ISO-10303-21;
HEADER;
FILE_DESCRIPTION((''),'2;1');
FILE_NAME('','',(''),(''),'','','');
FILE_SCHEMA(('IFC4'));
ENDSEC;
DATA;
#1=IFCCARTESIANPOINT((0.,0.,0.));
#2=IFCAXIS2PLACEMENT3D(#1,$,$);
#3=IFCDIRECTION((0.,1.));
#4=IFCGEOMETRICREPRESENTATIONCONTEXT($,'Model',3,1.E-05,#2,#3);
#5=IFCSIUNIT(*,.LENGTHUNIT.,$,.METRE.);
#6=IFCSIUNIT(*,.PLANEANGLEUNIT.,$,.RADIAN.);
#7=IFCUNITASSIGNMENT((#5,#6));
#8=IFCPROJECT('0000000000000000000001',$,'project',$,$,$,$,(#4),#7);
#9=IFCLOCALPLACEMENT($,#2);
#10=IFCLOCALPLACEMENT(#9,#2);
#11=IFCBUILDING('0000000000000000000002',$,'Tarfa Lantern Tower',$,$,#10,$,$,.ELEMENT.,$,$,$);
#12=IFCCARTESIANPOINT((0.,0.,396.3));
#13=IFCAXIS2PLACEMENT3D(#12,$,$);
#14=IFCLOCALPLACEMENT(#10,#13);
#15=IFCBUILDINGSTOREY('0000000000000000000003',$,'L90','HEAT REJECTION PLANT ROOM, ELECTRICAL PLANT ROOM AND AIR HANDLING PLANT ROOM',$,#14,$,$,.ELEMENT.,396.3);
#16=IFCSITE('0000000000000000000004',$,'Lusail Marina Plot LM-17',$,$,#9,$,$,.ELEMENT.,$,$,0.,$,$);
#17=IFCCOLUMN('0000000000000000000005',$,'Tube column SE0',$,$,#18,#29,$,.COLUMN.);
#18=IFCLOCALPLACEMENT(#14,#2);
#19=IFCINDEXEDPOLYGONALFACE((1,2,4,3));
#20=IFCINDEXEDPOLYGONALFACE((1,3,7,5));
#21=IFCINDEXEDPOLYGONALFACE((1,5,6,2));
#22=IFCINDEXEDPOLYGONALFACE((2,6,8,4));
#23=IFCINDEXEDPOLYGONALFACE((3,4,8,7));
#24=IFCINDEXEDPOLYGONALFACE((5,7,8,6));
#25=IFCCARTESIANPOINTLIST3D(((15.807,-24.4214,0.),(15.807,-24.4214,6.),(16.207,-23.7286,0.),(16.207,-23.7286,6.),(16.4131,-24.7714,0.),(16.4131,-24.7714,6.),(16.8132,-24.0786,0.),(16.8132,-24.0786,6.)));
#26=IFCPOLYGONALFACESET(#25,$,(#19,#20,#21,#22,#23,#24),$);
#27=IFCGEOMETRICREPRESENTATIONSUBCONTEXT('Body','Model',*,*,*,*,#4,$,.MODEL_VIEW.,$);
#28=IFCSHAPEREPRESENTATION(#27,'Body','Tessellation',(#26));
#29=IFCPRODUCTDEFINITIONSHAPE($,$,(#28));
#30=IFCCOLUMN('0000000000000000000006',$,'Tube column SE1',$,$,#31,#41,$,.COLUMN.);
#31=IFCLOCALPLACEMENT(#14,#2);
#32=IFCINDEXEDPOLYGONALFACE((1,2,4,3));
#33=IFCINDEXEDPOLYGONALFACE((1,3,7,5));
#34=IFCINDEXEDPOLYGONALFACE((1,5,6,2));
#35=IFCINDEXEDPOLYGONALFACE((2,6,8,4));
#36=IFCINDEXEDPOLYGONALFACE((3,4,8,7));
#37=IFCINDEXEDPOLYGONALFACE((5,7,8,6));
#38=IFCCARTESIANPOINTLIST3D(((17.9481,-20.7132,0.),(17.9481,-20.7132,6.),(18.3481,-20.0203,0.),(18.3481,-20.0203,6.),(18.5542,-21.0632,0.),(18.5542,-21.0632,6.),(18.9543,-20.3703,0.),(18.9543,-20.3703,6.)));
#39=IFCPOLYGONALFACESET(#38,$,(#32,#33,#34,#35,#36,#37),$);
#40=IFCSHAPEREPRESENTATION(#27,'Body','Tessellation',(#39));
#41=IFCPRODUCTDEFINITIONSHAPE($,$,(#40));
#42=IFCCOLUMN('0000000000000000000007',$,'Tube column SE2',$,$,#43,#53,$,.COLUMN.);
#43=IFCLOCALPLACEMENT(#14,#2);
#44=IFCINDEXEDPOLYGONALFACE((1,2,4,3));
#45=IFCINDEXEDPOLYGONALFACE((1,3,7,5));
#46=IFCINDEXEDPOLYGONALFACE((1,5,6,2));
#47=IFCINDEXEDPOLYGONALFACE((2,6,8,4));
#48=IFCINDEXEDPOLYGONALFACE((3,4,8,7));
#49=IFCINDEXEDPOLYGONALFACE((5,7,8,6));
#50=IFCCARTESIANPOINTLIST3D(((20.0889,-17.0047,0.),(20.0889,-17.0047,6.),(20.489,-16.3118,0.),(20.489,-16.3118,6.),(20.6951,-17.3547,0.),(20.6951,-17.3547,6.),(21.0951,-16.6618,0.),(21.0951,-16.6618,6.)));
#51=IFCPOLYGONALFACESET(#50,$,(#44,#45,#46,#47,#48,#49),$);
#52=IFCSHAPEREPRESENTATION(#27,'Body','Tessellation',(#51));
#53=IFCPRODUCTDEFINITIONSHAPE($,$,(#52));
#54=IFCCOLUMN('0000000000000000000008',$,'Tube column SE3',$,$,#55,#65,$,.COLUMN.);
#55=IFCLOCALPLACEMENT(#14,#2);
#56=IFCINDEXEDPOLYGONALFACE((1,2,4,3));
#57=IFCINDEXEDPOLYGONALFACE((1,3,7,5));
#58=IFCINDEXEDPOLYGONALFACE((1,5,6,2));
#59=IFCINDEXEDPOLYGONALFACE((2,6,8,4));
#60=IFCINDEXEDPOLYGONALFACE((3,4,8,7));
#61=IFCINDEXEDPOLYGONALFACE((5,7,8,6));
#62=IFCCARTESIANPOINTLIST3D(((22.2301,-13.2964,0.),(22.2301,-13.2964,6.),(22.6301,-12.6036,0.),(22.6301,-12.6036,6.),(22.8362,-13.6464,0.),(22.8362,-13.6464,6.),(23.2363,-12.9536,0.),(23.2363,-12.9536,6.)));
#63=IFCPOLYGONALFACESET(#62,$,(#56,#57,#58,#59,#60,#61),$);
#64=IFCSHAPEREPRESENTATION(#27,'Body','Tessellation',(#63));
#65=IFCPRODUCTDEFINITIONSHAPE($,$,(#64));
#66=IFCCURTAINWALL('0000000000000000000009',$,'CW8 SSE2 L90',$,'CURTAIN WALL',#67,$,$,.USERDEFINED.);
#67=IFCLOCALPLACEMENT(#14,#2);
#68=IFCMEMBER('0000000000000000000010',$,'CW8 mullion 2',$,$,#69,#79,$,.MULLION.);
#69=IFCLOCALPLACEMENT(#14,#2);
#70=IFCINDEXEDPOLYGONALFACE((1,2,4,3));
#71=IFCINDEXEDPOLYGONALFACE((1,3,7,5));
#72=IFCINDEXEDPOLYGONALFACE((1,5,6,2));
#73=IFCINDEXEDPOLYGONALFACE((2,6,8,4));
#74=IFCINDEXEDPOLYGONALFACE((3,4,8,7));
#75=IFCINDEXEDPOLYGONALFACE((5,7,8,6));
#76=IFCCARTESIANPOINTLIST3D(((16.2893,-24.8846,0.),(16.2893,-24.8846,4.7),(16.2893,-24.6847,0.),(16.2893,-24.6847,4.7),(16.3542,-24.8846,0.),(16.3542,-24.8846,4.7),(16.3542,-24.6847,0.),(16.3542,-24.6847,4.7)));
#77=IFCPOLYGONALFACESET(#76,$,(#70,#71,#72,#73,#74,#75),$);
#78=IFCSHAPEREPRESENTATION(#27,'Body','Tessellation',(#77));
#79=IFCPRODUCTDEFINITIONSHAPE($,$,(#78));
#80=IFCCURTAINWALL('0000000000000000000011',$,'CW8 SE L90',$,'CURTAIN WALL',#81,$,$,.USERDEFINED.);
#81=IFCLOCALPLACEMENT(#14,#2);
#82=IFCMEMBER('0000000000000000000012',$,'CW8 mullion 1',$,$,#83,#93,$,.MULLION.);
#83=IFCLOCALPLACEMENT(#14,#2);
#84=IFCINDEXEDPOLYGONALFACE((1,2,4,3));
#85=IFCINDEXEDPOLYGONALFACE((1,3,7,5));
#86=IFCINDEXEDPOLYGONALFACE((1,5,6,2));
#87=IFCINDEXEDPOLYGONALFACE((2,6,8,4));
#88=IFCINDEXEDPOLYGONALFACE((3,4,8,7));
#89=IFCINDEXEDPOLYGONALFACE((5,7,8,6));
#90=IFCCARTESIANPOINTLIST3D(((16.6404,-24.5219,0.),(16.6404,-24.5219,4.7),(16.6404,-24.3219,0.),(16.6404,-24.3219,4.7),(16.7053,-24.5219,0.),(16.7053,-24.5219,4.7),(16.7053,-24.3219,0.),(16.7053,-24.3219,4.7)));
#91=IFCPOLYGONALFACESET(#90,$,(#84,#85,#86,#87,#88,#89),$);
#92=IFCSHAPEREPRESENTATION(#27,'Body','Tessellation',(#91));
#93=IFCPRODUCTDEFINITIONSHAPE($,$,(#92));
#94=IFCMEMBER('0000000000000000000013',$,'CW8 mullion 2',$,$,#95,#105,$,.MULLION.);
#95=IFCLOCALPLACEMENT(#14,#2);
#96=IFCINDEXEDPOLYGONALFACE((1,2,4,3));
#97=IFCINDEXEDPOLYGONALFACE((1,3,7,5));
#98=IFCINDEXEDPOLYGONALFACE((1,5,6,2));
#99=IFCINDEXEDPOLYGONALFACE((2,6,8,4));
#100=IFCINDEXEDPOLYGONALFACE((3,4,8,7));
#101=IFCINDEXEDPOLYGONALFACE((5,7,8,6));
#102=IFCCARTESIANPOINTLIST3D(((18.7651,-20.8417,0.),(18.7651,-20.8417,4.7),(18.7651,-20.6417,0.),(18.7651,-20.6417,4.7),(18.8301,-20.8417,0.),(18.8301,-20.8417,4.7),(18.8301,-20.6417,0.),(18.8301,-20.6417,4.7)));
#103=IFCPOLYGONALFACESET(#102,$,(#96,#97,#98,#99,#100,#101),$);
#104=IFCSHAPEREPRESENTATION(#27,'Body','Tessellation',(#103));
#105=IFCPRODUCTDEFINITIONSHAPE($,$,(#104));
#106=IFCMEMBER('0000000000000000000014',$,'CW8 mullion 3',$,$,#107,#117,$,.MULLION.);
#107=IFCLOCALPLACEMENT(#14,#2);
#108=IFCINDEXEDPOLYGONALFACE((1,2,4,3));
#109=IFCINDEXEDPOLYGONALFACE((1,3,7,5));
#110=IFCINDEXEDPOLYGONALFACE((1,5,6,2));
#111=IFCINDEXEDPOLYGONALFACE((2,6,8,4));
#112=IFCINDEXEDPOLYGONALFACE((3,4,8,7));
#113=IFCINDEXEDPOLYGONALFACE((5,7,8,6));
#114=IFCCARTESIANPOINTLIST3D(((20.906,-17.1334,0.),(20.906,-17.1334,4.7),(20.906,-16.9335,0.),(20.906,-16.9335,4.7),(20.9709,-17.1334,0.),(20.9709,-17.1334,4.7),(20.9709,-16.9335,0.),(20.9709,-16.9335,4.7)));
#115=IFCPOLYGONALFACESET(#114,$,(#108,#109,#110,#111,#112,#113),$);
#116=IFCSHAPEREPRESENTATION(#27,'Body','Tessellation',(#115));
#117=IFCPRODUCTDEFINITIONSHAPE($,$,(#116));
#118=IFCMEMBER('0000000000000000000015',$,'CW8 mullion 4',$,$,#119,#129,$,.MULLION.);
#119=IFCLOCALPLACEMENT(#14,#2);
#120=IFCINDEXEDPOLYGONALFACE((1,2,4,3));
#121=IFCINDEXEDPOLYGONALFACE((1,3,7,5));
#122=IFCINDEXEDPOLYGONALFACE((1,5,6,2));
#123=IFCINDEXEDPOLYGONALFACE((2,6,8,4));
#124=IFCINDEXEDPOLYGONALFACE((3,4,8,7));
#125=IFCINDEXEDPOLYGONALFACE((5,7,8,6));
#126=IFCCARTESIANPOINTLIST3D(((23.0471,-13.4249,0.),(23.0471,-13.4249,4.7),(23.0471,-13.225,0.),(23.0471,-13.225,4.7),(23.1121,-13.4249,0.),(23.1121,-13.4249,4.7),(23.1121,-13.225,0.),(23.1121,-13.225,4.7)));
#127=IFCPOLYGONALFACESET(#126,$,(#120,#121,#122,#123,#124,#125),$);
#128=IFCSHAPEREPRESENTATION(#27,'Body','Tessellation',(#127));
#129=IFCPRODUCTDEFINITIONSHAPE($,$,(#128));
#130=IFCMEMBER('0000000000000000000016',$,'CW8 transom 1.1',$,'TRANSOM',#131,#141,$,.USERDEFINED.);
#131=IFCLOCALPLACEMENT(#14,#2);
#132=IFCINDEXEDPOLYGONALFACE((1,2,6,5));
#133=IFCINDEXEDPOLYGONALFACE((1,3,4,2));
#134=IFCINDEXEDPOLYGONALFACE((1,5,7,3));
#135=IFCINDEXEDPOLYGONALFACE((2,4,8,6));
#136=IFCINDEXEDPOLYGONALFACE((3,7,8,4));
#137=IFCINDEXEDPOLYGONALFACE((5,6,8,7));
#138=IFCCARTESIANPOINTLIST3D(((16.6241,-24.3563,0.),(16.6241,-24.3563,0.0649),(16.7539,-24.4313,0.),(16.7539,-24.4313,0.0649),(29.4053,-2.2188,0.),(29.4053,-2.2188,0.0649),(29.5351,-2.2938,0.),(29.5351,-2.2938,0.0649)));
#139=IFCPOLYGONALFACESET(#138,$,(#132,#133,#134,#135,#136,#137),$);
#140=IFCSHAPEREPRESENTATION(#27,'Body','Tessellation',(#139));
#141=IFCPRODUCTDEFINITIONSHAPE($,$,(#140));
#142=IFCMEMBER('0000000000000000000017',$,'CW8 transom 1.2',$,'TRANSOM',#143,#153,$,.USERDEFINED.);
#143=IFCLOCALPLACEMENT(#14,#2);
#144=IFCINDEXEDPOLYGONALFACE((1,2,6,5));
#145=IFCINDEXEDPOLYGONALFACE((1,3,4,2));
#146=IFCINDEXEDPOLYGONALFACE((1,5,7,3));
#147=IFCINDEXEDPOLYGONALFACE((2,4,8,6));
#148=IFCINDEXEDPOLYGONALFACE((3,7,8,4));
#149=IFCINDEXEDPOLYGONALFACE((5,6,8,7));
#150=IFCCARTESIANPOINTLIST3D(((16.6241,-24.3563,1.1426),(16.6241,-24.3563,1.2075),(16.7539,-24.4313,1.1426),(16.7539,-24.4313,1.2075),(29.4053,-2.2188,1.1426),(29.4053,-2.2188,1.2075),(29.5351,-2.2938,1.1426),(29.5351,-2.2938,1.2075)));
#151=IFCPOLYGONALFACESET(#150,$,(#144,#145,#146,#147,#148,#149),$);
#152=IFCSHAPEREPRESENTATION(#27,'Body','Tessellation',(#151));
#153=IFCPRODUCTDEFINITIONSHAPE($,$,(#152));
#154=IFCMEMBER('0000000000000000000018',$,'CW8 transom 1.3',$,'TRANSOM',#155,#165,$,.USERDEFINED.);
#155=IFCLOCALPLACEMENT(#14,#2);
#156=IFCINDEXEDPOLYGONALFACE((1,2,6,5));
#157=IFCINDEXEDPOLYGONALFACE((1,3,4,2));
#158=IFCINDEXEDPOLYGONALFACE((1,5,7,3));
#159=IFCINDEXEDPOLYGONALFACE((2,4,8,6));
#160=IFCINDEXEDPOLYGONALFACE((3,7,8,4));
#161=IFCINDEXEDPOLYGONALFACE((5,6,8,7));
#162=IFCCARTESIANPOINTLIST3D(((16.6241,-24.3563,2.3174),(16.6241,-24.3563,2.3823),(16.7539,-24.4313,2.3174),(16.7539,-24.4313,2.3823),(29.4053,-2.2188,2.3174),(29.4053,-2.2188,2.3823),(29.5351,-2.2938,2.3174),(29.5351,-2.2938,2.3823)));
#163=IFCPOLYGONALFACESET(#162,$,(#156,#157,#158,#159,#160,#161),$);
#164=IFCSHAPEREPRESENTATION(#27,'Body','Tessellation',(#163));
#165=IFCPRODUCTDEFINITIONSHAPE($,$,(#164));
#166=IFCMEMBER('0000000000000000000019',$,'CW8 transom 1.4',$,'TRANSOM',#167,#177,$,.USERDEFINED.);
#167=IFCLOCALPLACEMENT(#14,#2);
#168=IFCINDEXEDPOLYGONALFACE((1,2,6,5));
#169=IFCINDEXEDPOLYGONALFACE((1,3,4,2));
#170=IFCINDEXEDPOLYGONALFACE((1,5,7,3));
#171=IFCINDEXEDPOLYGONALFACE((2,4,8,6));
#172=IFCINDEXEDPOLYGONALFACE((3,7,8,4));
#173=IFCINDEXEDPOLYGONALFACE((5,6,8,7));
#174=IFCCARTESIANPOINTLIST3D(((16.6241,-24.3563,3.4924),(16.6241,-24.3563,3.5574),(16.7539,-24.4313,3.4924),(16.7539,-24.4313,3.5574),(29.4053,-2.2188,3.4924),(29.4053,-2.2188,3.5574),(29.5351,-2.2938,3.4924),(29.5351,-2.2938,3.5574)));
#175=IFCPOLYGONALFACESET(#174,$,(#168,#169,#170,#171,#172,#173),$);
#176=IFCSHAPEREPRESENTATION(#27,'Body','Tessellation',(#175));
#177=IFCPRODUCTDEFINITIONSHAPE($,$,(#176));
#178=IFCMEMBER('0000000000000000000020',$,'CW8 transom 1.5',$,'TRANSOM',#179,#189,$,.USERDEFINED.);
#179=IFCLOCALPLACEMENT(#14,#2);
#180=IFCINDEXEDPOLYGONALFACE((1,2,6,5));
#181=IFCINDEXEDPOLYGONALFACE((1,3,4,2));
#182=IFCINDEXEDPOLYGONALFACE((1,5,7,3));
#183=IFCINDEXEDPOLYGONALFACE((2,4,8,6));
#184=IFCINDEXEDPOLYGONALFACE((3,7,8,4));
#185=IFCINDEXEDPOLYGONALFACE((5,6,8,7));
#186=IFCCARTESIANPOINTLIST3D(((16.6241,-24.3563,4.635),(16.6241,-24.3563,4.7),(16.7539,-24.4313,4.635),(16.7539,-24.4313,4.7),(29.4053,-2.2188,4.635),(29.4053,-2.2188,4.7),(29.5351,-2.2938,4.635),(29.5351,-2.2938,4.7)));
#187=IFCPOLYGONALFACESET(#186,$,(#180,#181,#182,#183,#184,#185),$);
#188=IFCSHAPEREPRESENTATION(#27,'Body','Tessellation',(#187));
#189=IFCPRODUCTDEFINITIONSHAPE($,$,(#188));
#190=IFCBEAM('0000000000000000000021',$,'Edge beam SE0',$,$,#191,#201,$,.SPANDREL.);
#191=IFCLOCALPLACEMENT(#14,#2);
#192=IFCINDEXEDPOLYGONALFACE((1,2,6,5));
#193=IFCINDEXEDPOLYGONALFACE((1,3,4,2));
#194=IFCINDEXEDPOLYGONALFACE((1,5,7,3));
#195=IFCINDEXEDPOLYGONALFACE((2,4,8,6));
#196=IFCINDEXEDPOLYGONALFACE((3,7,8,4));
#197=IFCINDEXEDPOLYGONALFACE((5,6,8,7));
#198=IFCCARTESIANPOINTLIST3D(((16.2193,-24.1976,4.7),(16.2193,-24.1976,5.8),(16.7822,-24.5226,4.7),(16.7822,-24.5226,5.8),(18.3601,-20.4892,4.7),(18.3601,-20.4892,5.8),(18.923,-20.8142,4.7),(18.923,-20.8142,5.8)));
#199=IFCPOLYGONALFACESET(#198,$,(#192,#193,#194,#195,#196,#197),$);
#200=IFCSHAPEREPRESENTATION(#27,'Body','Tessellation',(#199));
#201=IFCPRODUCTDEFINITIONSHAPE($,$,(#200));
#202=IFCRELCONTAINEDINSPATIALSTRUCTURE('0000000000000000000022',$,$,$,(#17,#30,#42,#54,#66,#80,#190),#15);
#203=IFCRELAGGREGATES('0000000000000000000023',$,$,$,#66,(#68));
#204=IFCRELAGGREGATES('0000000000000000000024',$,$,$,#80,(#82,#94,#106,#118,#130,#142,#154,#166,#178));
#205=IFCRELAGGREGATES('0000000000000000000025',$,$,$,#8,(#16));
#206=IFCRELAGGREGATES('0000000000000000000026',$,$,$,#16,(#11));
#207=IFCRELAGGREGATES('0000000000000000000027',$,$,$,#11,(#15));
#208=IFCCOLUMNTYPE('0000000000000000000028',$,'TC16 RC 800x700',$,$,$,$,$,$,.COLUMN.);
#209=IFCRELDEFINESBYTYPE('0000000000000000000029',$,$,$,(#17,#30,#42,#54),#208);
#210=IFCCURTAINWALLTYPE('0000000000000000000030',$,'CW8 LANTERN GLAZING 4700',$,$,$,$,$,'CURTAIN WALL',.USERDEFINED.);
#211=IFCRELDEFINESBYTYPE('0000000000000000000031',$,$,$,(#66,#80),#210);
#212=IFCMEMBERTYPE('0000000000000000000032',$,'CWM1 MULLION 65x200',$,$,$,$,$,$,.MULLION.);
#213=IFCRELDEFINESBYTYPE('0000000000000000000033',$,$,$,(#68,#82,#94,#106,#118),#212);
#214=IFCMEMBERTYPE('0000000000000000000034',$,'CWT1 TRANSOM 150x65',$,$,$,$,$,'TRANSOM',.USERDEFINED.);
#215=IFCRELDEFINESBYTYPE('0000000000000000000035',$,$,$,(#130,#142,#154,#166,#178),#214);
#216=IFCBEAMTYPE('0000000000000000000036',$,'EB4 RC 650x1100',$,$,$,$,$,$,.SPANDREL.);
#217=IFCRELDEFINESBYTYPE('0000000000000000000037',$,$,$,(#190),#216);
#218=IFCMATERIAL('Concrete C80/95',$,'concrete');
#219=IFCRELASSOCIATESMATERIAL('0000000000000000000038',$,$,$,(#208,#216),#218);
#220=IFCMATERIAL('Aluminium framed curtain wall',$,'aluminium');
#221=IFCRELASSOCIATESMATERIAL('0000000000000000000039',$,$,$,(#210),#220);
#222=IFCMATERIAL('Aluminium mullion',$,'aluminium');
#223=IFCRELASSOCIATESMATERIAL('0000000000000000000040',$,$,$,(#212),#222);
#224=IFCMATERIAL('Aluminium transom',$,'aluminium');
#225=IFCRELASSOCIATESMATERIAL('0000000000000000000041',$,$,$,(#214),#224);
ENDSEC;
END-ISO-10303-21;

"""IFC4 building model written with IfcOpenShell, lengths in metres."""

from ifc_helpers import new_model, si_unit, direction, frame, origin, origin_2d, place, context, subcontext, project, spatial, rectangle, extrude, material, material_profile, profile_set, type_object, element, aggregate, save


model = new_model("IFC4")

# Units and contexts
model_context = context("Model", 3, precision=1e-05, world=origin(), true_north=direction((0.0, 1.0)))
body_context = subcontext(model_context, "Body", "Model", "MODEL_VIEW")
ifc_project = project(units=[si_unit("LENGTHUNIT", "METRE"), si_unit("PLANEANGLEUNIT", "RADIAN")], contexts=[model_context])

# Site, building, storey
site_placement = place(None, origin())
site = spatial("IfcSite", under=ifc_project, at=site_placement, Name="Lusail Marina Plot LM-17", CompositionType="ELEMENT", RefElevation=0.0)
building_placement = place(site_placement, origin())
building = spatial("IfcBuilding", under=site, at=building_placement, Name="Tarfa Lantern Tower", CompositionType="ELEMENT")
storey_placement = place(building_placement, frame((0.0, 0.0, 396.3)))
storey = spatial("IfcBuildingStorey", under=building, at=storey_placement, Name="L90", Description="HEAT REJECTION PLANT ROOM, ELECTRICAL PLANT ROOM AND AIR HANDLING PLANT ROOM", CompositionType="ELEMENT", Elevation=396.3)

# Columns
ifc_material_1 = material(Name="Concrete C80/95", Category="concrete")
ifc_material_profile_1 = material_profile(ifc_material_1, rectangle(XDim=0.8, YDim=0.7, at=origin_2d()), Name="RC 800x700")
ifc_profile_set_1 = profile_set([ifc_material_profile_1], Name="Concrete C80/95")
column_type = type_object("IfcColumnType", Name="TC16 RC 800x700", PredefinedType="COLUMN", material=ifc_profile_set_1)
for number, where, z_axis, x_axis, name in (
    (1, (16.3101, -24.25, 0.0), (0.0, 0.0, 1.0), (0.5, 0.866025, 0.0), "Tube column SE0"),
    (2, (18.4512, -20.5417, 0.0), (0.0, 0.0, 1.0), (0.5, 0.866025, 0.0), "Tube column SE1"),
    (3, (20.592, -16.8333, 0.0), (0.0, 0.0, 1.0), (0.5, 0.866025, 0.0), "Tube column SE2"),
    (4, (22.7332, -13.125, 0.0), (0.0, 0.0, 1.0), (0.5, 0.866025, 0.0), "Tube column SE3"),
):
    element("IfcColumn", number, at=place(storey_placement, frame(where, z_axis=z_axis, x_axis=x_axis)), inside=storey, type_object=column_type, Name=name, PredefinedType="COLUMN", context=body_context, shape_type="SweptSolid", body=[
        extrude(rectangle(XDim=0.8, YDim=0.7, at=origin_2d()), origin(), (0.0, 0.0, 1.0), 6.0),
    ])

# Curtain wall, member
ifc_material_2 = material(Name="Aluminium framed curtain wall", Category="aluminium")
curtain_wall_type = type_object("IfcCurtainWallType", Name="CW8 LANTERN GLAZING 4700", ElementType="CURTAIN WALL", PredefinedType="USERDEFINED", material=ifc_material_2)
curtain_wall_1_placement = place(storey_placement, origin())
curtain_wall_1 = element("IfcCurtainWall", 5, at=curtain_wall_1_placement, inside=storey, type_object=curtain_wall_type, Name="CW8 SSE2 L90", ObjectType="CURTAIN WALL", PredefinedType="USERDEFINED")
ifc_material_3 = material(Name="Aluminium mullion", Category="aluminium")
ifc_material_profile_2 = material_profile(ifc_material_3, rectangle(XDim=0.0649, YDim=0.2, at=origin_2d()), Name="AL MULLION 65x200")
ifc_profile_set_2 = profile_set([ifc_material_profile_2], Name="Aluminium mullion")
member_type_1 = type_object("IfcMemberType", Name="CWM1 MULLION 65x200", PredefinedType="MULLION", material=ifc_profile_set_2)
member_1_placement = place(storey_placement, frame((16.3218, -24.7847, 0.0), z_axis=(0.0, 0.0, 1.0), x_axis=(1.0, 0.0, 0.0)))
member_1 = element("IfcMember", 6, at=member_1_placement, type_object=member_type_1, Name="CW8 mullion 2", PredefinedType="MULLION", context=body_context, shape_type="SweptSolid", body=[
    extrude(rectangle(XDim=0.0649, YDim=0.2, at=origin_2d()), origin(), (0.0, 0.0, 1.0), 4.7),
])

# Curtain wall, members
curtain_wall_2_placement = place(storey_placement, origin())
curtain_wall_2 = element("IfcCurtainWall", 7, at=curtain_wall_2_placement, inside=storey, type_object=curtain_wall_type, Name="CW8 SE L90", ObjectType="CURTAIN WALL", PredefinedType="USERDEFINED")
member_2_placement = place(storey_placement, frame((16.6729, -24.4219, 0.0), z_axis=(0.0, 0.0, 1.0), x_axis=(1.0, 0.0, 0.0)))
member_2 = element("IfcMember", 8, at=member_2_placement, type_object=member_type_1, Name="CW8 mullion 1", PredefinedType="MULLION", context=body_context, shape_type="SweptSolid", body=[
    extrude(rectangle(XDim=0.0649, YDim=0.2, at=origin_2d()), origin(), (0.0, 0.0, 1.0), 4.7),
])
member_3_placement = place(storey_placement, frame((18.7976, -20.7417, 0.0), z_axis=(0.0, 0.0, 1.0), x_axis=(1.0, 0.0, 0.0)))
member_3 = element("IfcMember", 9, at=member_3_placement, type_object=member_type_1, Name="CW8 mullion 2", PredefinedType="MULLION", context=body_context, shape_type="SweptSolid", body=[
    extrude(rectangle(XDim=0.0649, YDim=0.2, at=origin_2d()), origin(), (0.0, 0.0, 1.0), 4.7),
])
member_4_placement = place(storey_placement, frame((20.9385, -17.0334, 0.0), z_axis=(0.0, 0.0, 1.0), x_axis=(1.0, 0.0, 0.0)))
member_4 = element("IfcMember", 10, at=member_4_placement, type_object=member_type_1, Name="CW8 mullion 3", PredefinedType="MULLION", context=body_context, shape_type="SweptSolid", body=[
    extrude(rectangle(XDim=0.0649, YDim=0.2, at=origin_2d()), origin(), (0.0, 0.0, 1.0), 4.7),
])
member_5_placement = place(storey_placement, frame((23.0796, -13.325, 0.0), z_axis=(0.0, 0.0, 1.0), x_axis=(1.0, 0.0, 0.0)))
member_5 = element("IfcMember", 11, at=member_5_placement, type_object=member_type_1, Name="CW8 mullion 4", PredefinedType="MULLION", context=body_context, shape_type="SweptSolid", body=[
    extrude(rectangle(XDim=0.0649, YDim=0.2, at=origin_2d()), origin(), (0.0, 0.0, 1.0), 4.7),
])
ifc_material_4 = material(Name="Aluminium transom", Category="aluminium")
ifc_material_profile_3 = material_profile(ifc_material_4, rectangle(XDim=0.1499, YDim=0.0649, at=origin_2d()), Name="AL TRANSOM 150x65")
ifc_profile_set_3 = profile_set([ifc_material_profile_3], Name="Aluminium transom")
member_type_2 = type_object("IfcMemberType", Name="CWT1 TRANSOM 150x65", ElementType="TRANSOM", PredefinedType="USERDEFINED", material=ifc_profile_set_3)
member_6_placement = place(storey_placement, frame((16.689, -24.3938, 0.0325), z_axis=(0.500005, 0.866022, 0.0), x_axis=(-0.866022, 0.500005, 0.0)))
member_6 = element("IfcMember", 12, at=member_6_placement, type_object=member_type_2, Name="CW8 transom 1.1", ObjectType="TRANSOM", PredefinedType="USERDEFINED", context=body_context, shape_type="SweptSolid", body=[
    extrude(rectangle(XDim=0.1499, YDim=0.0649, at=origin_2d()), origin(), (0.0, 0.0, 1.0), 25.5623),
])
member_7_placement = place(storey_placement, frame((16.689, -24.3938, 1.175), z_axis=(0.500005, 0.866022, 0.0), x_axis=(-0.866022, 0.500005, 0.0)))
member_7 = element("IfcMember", 13, at=member_7_placement, type_object=member_type_2, Name="CW8 transom 1.2", ObjectType="TRANSOM", PredefinedType="USERDEFINED", context=body_context, shape_type="SweptSolid", body=[
    extrude(rectangle(XDim=0.1499, YDim=0.0649, at=origin_2d()), origin(), (0.0, 0.0, 1.0), 25.5623),
])
member_8_placement = place(storey_placement, frame((16.689, -24.3938, 2.3499), z_axis=(0.500005, 0.866022, 0.0), x_axis=(-0.866022, 0.500005, 0.0)))
member_8 = element("IfcMember", 14, at=member_8_placement, type_object=member_type_2, Name="CW8 transom 1.3", ObjectType="TRANSOM", PredefinedType="USERDEFINED", context=body_context, shape_type="SweptSolid", body=[
    extrude(rectangle(XDim=0.1499, YDim=0.0649, at=origin_2d()), origin(), (0.0, 0.0, 1.0), 25.5623),
])
member_9_placement = place(storey_placement, frame((16.689, -24.3938, 3.5249), z_axis=(0.500005, 0.866022, 0.0), x_axis=(-0.866022, 0.500005, 0.0)))
member_9 = element("IfcMember", 15, at=member_9_placement, type_object=member_type_2, Name="CW8 transom 1.4", ObjectType="TRANSOM", PredefinedType="USERDEFINED", context=body_context, shape_type="SweptSolid", body=[
    extrude(rectangle(XDim=0.1499, YDim=0.0649, at=origin_2d()), origin(), (0.0, 0.0, 1.0), 25.5623),
])
member_10_placement = place(storey_placement, frame((16.689, -24.3938, 4.6675), z_axis=(0.500005, 0.866022, 0.0), x_axis=(-0.866022, 0.500005, 0.0)))
member_10 = element("IfcMember", 16, at=member_10_placement, type_object=member_type_2, Name="CW8 transom 1.5", ObjectType="TRANSOM", PredefinedType="USERDEFINED", context=body_context, shape_type="SweptSolid", body=[
    extrude(rectangle(XDim=0.1499, YDim=0.0649, at=origin_2d()), origin(), (0.0, 0.0, 1.0), 25.5623),
])

# Beam
ifc_material_profile_4 = material_profile(ifc_material_1, rectangle(XDim=0.6499, YDim=1.1001, at=origin_2d()), Name="RC 650x1100")
ifc_profile_set_4 = profile_set([ifc_material_profile_4], Name="Concrete C80/95")
beam_type_1 = type_object("IfcBeamType", Name="EB4 RC 650x1100", PredefinedType="SPANDREL", material=ifc_profile_set_4)
for number, where, z_axis, x_axis, name in (
    (17, (16.5007, -24.3601, 5.25), (0.499959, 0.866049, 0.0), (-0.866049, 0.499959, 0.0), "Edge beam SE0"),
):
    element("IfcBeam", number, at=place(storey_placement, frame(where, z_axis=z_axis, x_axis=x_axis)), inside=storey, type_object=beam_type_1, Name=name, PredefinedType="SPANDREL", context=body_context, shape_type="SweptSolid", body=[
        extrude(rectangle(XDim=0.6499, YDim=1.1001, at=origin_2d()), origin(), (0.0, 0.0, 1.0), 4.282),
    ])

aggregate(curtain_wall_1, [member_1])
aggregate(curtain_wall_2, [member_2, member_3, member_4, member_5, member_6, member_7, member_8, member_9, member_10])

save(model, "model.ifc")
